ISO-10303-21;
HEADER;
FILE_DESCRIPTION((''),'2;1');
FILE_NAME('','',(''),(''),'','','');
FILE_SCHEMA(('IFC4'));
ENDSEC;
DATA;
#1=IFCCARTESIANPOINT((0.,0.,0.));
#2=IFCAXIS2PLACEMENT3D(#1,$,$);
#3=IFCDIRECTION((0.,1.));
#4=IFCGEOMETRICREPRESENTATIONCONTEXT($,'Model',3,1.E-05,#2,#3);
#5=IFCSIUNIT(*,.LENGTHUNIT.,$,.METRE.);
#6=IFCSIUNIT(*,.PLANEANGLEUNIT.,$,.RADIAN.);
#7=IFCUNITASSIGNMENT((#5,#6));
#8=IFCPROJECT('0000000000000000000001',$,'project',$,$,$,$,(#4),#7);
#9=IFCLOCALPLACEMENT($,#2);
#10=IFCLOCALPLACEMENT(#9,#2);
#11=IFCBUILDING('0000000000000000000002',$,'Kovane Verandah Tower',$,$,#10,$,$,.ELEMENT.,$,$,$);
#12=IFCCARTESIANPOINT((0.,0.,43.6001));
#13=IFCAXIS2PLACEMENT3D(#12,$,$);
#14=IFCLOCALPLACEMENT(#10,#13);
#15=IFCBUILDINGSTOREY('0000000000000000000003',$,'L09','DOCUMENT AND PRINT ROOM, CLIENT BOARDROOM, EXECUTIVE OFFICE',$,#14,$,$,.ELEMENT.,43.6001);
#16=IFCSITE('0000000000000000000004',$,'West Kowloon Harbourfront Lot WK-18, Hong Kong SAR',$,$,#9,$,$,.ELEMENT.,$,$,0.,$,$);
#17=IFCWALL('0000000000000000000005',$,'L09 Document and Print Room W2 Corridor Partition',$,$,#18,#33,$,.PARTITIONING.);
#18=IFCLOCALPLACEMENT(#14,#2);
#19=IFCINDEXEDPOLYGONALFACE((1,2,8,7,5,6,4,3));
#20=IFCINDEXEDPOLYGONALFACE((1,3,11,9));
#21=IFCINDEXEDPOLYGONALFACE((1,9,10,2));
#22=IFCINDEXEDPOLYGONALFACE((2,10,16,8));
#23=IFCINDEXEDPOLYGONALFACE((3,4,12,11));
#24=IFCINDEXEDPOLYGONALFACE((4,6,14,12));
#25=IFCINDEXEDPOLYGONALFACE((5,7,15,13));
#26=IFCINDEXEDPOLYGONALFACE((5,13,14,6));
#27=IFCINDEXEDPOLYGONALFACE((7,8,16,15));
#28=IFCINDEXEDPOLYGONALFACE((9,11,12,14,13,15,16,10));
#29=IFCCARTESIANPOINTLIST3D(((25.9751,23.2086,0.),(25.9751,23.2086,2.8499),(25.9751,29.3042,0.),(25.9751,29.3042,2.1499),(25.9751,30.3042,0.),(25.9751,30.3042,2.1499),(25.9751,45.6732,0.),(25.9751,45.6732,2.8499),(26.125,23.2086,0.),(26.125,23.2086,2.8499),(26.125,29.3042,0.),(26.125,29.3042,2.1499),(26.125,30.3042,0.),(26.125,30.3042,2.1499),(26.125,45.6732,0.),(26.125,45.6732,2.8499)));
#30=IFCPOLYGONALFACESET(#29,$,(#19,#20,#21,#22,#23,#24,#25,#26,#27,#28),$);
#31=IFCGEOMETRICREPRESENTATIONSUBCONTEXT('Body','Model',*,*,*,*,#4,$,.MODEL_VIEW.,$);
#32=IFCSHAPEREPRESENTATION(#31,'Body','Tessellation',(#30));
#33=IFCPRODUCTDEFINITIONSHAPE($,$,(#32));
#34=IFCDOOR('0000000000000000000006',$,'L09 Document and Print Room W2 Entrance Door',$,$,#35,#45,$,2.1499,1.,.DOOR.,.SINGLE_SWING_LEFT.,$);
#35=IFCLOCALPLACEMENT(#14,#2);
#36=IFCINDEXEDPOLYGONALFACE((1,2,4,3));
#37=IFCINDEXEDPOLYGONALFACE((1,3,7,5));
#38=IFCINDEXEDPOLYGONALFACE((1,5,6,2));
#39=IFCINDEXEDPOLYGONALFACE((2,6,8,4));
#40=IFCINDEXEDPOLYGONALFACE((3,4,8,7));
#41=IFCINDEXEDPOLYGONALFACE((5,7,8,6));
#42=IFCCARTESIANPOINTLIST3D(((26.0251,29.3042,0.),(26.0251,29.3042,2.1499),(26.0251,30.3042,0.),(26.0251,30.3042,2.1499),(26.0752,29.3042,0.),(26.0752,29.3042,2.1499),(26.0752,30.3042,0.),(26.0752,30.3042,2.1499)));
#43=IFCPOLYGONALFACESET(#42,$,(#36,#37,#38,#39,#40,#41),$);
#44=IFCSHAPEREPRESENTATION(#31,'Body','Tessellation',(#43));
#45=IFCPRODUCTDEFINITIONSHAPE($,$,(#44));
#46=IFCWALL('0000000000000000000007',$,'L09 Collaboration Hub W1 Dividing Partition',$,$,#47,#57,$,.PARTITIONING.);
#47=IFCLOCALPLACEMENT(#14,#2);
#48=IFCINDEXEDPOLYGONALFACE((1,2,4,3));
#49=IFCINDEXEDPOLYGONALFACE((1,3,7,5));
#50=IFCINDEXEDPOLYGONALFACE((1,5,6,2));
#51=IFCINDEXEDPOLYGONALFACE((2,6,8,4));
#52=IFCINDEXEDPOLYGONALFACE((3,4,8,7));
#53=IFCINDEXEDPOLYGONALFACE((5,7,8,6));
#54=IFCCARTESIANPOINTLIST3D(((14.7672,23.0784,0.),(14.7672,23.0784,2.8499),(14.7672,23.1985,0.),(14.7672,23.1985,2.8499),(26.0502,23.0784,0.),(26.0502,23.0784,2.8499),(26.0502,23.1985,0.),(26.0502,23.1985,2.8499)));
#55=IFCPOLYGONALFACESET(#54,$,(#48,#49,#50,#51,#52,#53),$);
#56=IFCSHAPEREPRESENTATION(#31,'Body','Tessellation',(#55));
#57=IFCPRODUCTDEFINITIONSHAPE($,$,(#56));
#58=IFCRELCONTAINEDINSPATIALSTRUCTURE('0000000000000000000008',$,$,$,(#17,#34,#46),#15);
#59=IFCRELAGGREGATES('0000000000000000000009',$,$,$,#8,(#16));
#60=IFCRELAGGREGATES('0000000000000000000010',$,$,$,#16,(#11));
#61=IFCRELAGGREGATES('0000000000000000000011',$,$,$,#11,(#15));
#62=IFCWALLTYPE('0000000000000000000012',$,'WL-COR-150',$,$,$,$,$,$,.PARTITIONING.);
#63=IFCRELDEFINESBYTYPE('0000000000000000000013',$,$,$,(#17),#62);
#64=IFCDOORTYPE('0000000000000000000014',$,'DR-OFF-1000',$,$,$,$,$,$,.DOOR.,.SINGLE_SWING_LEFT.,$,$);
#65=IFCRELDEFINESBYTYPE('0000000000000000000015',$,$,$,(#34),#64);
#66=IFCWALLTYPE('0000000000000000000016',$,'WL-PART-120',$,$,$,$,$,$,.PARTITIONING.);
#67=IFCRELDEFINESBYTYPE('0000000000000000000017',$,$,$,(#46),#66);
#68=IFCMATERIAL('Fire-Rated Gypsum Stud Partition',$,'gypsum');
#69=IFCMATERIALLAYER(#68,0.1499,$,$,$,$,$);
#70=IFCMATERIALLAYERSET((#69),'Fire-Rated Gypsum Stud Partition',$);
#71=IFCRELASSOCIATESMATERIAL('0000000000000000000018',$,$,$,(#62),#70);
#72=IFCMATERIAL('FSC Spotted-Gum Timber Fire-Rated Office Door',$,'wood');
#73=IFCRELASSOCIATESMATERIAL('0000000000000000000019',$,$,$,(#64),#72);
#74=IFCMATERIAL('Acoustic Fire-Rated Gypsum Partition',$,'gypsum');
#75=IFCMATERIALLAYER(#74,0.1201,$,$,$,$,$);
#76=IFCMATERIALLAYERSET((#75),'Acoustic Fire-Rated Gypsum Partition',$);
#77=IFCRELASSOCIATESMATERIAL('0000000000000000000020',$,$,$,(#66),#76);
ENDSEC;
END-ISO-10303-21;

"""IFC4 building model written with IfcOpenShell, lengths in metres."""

from ifc_helpers import new_model, si_unit, direction, frame, frame_2d, origin, place, context, subcontext, project, spatial, rectangle, extrude, material, layer, layer_set, type_object, element, fill, save


model = new_model("IFC4")

# Units and contexts
model_context = context("Model", 3, precision=1e-05, world=origin(), true_north=direction((0.0, 1.0)))
body_context = subcontext(model_context, "Body", "Model", "MODEL_VIEW")
ifc_project = project(units=[si_unit("LENGTHUNIT", "METRE"), si_unit("PLANEANGLEUNIT", "RADIAN")], contexts=[model_context])

# Site, building, storey
site_placement = place(None, origin())
site = spatial("IfcSite", under=ifc_project, at=site_placement, Name="West Kowloon Harbourfront Lot WK-18, Hong Kong SAR", CompositionType="ELEMENT", RefElevation=0.0)
building_placement = place(site_placement, origin())
building = spatial("IfcBuilding", under=site, at=building_placement, Name="Kovane Verandah Tower", CompositionType="ELEMENT")
storey_placement = place(building_placement, frame((0.0, 0.0, 43.6001)))
storey = spatial("IfcBuildingStorey", under=building, at=storey_placement, Name="L09", Description="DOCUMENT AND PRINT ROOM, CLIENT BOARDROOM, EXECUTIVE OFFICE", CompositionType="ELEMENT", Elevation=43.6001)

# Wall, opening, door
ifc_material_1 = material(Name="Fire-Rated Gypsum Stud Partition", Category="gypsum")
ifc_layer_1 = layer(ifc_material_1, 0.1499)
ifc_layer_set_1 = layer_set([ifc_layer_1], Name="Fire-Rated Gypsum Stud Partition")
wall_type_1 = type_object("IfcWallType", Name="WL-COR-150", PredefinedType="PARTITIONING", material=ifc_layer_set_1)
wall_1_placement = place(storey_placement, frame((26.05, 23.2085, 0.0), z_axis=(0.0, 0.0, 1.0), x_axis=(0.0, 1.0, 0.0)))
wall_1 = element("IfcWall", 1, at=wall_1_placement, inside=storey, type_object=wall_type_1, Name="L09 Document and Print Room W2 Corridor Partition", PredefinedType="PARTITIONING", context=body_context, shape_type="SweptSolid", body=[
    extrude(rectangle(XDim=22.4646, YDim=0.1499, at=frame_2d((11.2324, 0.0))), origin(), (0.0, 0.0, 1.0), 2.8499),
])
opening_placement = place(wall_1_placement, frame((6.0957, 0.0, 0.0)))
opening = element("IfcOpeningElement", 2, at=opening_placement, cuts=wall_1, PredefinedType="OPENING", context=body_context, shape_type="SweptSolid", body=[
    extrude(rectangle(XDim=1.0, YDim=2.1499, at=frame_2d((0.5, 1.075))), frame((0.0, 0.075, 0.0), z_axis=(0.0, -1.0, 0.0), x_axis=(1.0, 0.0, 0.0)), (0.0, 0.0, 1.0), 0.1499),
])
ifc_material_2 = material(Name="FSC Spotted-Gum Timber Fire-Rated Office Door", Category="wood")
door_type = type_object("IfcDoorType", Name="DR-OFF-1000", OperationType="SINGLE_SWING_LEFT", PredefinedType="DOOR", material=ifc_material_2)
door_placement = place(opening_placement, origin())
door = element("IfcDoor", 3, at=door_placement, inside=storey, type_object=door_type, Name="L09 Document and Print Room W2 Entrance Door", OperationType="SINGLE_SWING_LEFT", OverallHeight=2.1499, OverallWidth=1.0, PredefinedType="DOOR", context=body_context, shape_type="SweptSolid", body=[
    extrude(rectangle(XDim=1.0, YDim=2.1499, at=frame_2d((0.5, 1.075))), frame((0.0, 0.0249, 0.0), z_axis=(0.0, -1.0, 0.0), x_axis=(1.0, 0.0, 0.0)), (0.0, 0.0, 1.0), 0.05),
])
fill(opening, door)

# Wall
ifc_material_3 = material(Name="Acoustic Fire-Rated Gypsum Partition", Category="gypsum")
ifc_layer_2 = layer(ifc_material_3, 0.1201)
ifc_layer_set_2 = layer_set([ifc_layer_2], Name="Acoustic Fire-Rated Gypsum Partition")
wall_type_2 = type_object("IfcWallType", Name="WL-PART-120", PredefinedType="PARTITIONING", material=ifc_layer_set_2)
wall_2_placement = place(storey_placement, frame((14.7671, 23.1384, 0.0), z_axis=(0.0, 0.0, 1.0), x_axis=(1.0, 0.0, 0.0)))
element("IfcWall", 4, at=wall_2_placement, inside=storey, type_object=wall_type_2, Name="L09 Collaboration Hub W1 Dividing Partition", PredefinedType="PARTITIONING", context=body_context, shape_type="SweptSolid", body=[
    extrude(rectangle(XDim=11.283, YDim=0.1201, at=frame_2d((5.6416, 0.0))), origin(), (0.0, 0.0, 1.0), 2.8499),
])

save(model, "model.ifc")
